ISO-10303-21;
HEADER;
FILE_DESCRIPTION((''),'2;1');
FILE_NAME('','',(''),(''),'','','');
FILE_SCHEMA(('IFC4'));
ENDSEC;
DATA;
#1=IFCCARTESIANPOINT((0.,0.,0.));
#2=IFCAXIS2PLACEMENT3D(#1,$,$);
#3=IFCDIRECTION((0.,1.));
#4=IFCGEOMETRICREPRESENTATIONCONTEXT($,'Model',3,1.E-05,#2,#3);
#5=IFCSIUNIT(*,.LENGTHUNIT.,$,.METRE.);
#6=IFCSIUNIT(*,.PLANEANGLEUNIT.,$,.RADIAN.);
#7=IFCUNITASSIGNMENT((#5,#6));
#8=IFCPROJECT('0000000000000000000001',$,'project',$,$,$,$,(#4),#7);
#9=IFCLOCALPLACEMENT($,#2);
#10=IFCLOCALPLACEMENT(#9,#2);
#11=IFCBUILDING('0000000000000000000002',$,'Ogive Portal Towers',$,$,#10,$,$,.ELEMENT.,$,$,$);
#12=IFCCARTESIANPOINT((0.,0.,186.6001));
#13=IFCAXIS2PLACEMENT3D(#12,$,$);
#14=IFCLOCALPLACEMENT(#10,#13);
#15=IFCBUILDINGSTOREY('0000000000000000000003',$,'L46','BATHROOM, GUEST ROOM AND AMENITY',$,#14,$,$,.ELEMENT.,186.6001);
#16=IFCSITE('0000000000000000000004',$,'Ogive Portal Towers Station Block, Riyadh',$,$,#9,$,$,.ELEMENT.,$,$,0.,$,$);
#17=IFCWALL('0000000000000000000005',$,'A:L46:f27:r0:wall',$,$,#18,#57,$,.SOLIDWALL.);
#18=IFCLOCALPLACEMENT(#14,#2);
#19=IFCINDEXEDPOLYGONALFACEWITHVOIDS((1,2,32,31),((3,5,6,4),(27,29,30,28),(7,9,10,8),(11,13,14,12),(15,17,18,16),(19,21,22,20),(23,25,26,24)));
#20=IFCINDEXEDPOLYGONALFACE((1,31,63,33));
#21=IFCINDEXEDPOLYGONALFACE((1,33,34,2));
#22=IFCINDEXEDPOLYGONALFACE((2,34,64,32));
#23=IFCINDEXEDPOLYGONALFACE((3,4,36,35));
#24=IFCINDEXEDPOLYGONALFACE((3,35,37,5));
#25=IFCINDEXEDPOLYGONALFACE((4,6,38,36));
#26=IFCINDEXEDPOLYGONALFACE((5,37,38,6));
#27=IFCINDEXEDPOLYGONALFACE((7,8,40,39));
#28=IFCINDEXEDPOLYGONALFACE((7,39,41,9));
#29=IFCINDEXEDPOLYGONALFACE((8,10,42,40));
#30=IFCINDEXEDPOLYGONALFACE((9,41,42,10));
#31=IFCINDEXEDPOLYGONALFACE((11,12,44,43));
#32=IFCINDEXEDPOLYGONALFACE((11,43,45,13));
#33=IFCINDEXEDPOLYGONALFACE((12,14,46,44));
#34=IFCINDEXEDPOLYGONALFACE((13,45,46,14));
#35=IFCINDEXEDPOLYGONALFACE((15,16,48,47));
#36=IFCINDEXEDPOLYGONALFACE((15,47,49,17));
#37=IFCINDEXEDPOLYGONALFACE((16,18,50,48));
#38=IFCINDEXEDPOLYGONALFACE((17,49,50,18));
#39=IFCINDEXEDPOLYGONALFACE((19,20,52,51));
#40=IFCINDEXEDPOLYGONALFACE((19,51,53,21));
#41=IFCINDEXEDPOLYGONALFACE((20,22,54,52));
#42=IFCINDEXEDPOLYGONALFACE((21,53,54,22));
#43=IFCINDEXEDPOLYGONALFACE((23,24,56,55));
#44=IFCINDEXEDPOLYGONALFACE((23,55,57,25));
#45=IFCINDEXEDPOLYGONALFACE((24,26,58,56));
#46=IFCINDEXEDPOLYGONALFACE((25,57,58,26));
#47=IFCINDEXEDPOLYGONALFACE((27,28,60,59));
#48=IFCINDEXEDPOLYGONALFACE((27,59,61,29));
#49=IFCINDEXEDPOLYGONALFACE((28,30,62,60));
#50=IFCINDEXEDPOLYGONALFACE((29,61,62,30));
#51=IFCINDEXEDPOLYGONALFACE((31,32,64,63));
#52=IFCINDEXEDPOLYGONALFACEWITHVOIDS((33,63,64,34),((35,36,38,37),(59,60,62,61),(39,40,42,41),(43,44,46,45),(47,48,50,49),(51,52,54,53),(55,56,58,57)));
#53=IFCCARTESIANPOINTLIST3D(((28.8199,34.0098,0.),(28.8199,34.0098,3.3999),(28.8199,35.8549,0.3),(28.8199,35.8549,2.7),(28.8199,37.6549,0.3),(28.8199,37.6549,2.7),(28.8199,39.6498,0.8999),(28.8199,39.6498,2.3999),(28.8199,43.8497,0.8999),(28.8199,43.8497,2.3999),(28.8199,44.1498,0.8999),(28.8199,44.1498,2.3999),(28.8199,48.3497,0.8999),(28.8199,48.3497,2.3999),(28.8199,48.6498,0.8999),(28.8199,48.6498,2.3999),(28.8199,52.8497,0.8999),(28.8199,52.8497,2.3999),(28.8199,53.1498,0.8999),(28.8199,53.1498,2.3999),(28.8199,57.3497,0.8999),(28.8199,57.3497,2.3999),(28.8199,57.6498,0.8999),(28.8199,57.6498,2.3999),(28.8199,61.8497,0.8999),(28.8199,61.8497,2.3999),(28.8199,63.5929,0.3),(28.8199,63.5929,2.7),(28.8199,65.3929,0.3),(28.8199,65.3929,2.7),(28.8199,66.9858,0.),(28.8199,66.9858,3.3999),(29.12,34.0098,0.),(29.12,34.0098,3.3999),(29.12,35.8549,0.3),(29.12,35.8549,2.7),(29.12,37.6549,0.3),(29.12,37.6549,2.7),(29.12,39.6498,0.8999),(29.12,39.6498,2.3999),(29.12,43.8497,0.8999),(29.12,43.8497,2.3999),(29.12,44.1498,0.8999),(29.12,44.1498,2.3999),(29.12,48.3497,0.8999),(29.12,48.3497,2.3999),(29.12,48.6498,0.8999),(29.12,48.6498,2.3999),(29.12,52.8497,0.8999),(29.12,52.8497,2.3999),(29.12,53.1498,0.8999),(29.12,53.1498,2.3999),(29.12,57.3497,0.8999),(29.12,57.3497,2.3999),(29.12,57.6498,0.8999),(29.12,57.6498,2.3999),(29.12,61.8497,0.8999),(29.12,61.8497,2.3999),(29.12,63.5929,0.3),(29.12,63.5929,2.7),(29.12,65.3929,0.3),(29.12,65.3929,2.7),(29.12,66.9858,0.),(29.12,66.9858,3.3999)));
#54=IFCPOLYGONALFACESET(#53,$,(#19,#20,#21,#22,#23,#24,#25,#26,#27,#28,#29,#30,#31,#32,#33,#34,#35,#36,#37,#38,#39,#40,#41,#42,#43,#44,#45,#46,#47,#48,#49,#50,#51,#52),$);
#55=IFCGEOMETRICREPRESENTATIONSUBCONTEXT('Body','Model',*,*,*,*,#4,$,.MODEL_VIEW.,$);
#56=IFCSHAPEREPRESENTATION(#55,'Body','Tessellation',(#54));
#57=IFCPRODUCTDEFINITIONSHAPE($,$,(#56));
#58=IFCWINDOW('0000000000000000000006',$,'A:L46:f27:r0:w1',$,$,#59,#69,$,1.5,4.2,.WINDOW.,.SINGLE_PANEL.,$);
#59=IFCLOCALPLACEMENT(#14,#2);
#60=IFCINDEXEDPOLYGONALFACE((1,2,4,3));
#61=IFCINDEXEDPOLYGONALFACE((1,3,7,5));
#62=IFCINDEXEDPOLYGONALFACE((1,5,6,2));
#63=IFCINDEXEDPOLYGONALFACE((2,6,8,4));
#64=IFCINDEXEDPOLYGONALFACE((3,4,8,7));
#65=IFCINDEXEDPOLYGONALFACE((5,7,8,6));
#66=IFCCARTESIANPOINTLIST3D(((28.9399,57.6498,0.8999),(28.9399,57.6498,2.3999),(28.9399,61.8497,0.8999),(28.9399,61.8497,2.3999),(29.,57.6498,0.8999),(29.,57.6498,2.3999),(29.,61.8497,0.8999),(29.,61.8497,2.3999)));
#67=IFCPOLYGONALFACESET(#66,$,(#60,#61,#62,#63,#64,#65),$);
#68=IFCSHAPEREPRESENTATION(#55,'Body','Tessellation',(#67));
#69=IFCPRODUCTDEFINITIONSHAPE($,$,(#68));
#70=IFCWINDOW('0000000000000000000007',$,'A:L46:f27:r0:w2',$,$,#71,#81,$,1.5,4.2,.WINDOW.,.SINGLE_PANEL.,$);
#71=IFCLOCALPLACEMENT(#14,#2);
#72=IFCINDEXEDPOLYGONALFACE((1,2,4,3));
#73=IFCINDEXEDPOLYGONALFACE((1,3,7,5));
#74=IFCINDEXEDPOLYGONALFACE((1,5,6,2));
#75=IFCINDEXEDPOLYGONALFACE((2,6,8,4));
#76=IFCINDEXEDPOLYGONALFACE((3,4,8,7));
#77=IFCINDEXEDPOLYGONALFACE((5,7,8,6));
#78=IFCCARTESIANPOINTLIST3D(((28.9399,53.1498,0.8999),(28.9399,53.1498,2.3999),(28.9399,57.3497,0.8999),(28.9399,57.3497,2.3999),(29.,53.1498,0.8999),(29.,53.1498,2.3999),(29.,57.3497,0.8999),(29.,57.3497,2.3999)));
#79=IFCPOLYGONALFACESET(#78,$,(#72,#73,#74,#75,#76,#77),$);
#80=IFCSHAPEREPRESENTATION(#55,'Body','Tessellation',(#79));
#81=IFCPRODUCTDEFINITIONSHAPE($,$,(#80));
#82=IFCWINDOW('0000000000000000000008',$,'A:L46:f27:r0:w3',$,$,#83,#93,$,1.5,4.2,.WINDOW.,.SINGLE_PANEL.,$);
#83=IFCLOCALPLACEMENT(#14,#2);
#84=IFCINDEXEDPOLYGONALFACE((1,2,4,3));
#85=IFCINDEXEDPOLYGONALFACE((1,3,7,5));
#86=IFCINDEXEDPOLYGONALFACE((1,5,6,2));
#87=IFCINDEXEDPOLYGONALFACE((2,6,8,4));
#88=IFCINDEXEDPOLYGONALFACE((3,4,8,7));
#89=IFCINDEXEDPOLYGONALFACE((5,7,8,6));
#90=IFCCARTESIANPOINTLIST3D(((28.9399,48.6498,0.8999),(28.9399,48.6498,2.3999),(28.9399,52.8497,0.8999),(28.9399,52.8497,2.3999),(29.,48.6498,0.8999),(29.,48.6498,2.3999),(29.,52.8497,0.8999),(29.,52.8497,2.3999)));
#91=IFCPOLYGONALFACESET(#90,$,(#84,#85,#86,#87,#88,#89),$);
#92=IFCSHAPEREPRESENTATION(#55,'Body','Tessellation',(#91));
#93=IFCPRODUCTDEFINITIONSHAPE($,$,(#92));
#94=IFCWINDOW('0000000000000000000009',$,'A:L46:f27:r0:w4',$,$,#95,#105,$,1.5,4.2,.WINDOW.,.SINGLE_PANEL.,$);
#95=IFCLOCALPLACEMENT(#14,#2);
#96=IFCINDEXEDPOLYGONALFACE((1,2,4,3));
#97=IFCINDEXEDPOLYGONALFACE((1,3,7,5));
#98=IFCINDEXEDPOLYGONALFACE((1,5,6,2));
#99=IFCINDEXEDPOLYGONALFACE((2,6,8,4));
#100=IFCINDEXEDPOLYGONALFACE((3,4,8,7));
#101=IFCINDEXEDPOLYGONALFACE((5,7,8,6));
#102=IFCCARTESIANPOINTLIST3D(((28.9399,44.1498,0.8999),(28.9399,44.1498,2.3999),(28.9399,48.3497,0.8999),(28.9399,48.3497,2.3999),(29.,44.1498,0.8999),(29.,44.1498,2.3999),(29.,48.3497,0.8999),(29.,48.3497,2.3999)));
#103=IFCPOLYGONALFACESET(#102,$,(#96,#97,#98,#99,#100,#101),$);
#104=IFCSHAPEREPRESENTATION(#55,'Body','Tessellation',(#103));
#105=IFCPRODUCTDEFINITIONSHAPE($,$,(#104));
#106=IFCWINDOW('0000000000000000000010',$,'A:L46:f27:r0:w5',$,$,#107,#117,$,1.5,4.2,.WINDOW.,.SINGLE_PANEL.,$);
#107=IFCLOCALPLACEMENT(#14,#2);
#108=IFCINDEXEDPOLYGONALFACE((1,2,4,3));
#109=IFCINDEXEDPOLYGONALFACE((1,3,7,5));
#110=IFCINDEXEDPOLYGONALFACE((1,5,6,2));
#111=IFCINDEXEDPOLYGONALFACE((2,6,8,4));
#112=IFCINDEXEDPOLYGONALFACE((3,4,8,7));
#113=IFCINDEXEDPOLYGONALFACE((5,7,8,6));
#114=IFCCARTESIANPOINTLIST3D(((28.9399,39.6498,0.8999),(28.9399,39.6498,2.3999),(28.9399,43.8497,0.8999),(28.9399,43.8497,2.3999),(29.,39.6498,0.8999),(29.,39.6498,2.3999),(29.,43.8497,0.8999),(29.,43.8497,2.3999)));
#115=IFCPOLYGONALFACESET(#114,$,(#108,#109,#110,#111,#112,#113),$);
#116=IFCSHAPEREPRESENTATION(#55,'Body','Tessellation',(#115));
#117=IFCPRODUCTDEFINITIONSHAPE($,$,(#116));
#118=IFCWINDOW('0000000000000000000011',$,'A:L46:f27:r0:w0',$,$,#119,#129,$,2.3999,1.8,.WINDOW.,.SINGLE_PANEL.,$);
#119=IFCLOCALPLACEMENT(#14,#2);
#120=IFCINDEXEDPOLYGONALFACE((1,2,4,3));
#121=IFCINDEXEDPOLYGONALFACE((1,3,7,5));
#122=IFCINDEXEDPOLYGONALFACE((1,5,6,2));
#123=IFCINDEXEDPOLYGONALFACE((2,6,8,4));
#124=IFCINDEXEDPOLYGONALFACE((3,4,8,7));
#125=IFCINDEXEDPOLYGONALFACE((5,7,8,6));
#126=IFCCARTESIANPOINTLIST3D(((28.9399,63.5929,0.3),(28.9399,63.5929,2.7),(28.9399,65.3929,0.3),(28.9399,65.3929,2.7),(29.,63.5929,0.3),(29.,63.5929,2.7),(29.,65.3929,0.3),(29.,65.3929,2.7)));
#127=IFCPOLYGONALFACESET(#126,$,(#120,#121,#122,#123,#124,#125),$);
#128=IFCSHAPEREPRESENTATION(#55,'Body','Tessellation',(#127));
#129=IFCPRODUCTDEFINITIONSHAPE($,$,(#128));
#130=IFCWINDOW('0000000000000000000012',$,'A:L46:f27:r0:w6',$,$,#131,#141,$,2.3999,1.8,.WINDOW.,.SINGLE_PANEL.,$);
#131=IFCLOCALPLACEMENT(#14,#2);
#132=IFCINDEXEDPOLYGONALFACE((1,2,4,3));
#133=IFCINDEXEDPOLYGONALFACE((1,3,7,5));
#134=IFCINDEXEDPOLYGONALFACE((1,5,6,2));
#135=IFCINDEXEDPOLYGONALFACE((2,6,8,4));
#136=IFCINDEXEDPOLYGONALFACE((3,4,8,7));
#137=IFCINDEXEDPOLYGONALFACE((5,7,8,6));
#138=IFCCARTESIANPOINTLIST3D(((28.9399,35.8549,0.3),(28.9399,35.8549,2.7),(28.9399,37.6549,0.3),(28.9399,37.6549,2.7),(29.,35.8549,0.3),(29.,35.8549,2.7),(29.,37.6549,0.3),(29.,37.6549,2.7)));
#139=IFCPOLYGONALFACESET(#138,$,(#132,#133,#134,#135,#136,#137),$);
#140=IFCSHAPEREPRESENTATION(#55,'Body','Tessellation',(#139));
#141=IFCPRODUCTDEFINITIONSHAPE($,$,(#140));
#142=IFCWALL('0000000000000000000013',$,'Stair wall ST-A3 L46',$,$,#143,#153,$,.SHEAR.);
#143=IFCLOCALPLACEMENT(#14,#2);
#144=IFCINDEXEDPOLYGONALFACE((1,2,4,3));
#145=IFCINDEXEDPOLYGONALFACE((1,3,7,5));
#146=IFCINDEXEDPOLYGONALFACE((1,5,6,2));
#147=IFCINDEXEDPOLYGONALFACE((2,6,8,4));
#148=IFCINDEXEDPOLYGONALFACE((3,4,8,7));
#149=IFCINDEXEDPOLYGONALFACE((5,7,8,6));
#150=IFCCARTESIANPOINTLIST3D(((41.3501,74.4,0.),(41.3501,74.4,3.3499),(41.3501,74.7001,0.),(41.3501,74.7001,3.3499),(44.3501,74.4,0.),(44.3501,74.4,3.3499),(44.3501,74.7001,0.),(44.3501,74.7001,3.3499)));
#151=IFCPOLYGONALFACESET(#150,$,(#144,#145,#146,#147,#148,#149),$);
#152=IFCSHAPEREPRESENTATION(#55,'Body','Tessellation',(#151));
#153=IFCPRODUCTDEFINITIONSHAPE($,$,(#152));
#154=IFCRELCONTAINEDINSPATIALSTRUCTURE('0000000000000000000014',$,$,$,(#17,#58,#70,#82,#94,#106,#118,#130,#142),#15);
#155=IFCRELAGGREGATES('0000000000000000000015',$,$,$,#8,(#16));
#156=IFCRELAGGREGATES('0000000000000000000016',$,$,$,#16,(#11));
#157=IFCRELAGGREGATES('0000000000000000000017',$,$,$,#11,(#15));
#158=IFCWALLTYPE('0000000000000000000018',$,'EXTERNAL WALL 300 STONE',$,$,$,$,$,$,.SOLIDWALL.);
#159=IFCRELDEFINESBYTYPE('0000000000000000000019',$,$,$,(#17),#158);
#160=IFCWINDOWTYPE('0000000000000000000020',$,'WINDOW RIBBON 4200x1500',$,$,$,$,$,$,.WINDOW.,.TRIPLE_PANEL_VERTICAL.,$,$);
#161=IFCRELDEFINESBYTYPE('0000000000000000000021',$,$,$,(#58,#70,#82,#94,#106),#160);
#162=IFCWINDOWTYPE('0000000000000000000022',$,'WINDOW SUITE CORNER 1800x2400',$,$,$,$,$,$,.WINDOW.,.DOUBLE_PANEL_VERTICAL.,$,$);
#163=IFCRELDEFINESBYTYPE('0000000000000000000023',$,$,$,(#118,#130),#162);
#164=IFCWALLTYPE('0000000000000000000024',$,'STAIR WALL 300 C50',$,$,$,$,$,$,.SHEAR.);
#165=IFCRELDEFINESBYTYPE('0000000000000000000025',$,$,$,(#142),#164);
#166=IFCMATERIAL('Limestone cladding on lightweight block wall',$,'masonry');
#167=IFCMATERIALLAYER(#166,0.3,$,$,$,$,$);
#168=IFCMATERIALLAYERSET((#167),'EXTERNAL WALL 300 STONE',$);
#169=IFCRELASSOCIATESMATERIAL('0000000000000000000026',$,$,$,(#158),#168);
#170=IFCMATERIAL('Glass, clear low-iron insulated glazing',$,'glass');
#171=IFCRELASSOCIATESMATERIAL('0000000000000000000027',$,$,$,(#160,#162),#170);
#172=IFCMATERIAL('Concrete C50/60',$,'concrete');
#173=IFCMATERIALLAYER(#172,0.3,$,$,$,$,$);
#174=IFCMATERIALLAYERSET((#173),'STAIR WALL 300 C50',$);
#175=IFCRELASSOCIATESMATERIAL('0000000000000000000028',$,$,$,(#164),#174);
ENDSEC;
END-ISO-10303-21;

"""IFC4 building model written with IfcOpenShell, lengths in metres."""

from ifc_helpers import new_model, si_unit, direction, frame, frame_2d, origin, place, context, subcontext, project, spatial, rectangle, extrude, material, layer, layer_set, type_object, element, fill, save


model = new_model("IFC4")

# Units and contexts
model_context = context("Model", 3, precision=1e-05, world=origin(), true_north=direction((0.0, 1.0)))
body_context = subcontext(model_context, "Body", "Model", "MODEL_VIEW")
ifc_project = project(units=[si_unit("LENGTHUNIT", "METRE"), si_unit("PLANEANGLEUNIT", "RADIAN")], contexts=[model_context])

# Site, building, storey
site_placement = place(None, origin())
site = spatial("IfcSite", under=ifc_project, at=site_placement, Name="Ogive Portal Towers Station Block, Riyadh", CompositionType="ELEMENT", RefElevation=0.0)
building_placement = place(site_placement, origin())
building = spatial("IfcBuilding", under=site, at=building_placement, Name="Ogive Portal Towers", CompositionType="ELEMENT")
storey_placement = place(building_placement, frame((0.0, 0.0, 186.6001)))
storey = spatial("IfcBuildingStorey", under=building, at=storey_placement, Name="L46", Description="BATHROOM, GUEST ROOM AND AMENITY", CompositionType="ELEMENT", Elevation=186.6001)

# Shared definitions
ifc_material_1 = material(Name="Glass, clear low-iron insulated glazing", Category="glass")

# Wall, openings, windows
ifc_material_2 = material(Name="Limestone cladding on lightweight block wall", Category="masonry")
ifc_layer_1 = layer(ifc_material_2, 0.3)
ifc_layer_set_1 = layer_set([ifc_layer_1], Name="EXTERNAL WALL 300 STONE")
wall_type_1 = type_object("IfcWallType", Name="EXTERNAL WALL 300 STONE", PredefinedType="SOLIDWALL", material=ifc_layer_set_1)
wall_1_placement = place(storey_placement, frame((28.97, 66.9858, 0.0), z_axis=(0.0, 0.0, 1.0), x_axis=(0.0, -1.0, 0.0)))
wall_1 = element("IfcWall", 1, at=wall_1_placement, inside=storey, type_object=wall_type_1, Name="A:L46:f27:r0:wall", PredefinedType="SOLIDWALL", context=body_context, shape_type="SweptSolid", body=[
    extrude(rectangle(XDim=32.9761, YDim=0.3, at=frame_2d((16.488, 0.0))), origin(), (0.0, 0.0, 1.0), 3.3999),
])
opening_1_placement = place(wall_1_placement, frame((1.593, 0.0, 0.3)))
opening_1 = element("IfcOpeningElement", 2, at=opening_1_placement, cuts=wall_1, PredefinedType="OPENING", context=body_context, shape_type="SweptSolid", body=[
    extrude(rectangle(XDim=1.8, YDim=2.3999, at=frame_2d((0.8999, 1.2))), frame((0.0, 0.1602, 0.0), z_axis=(0.0, -1.0, 0.0), x_axis=(1.0, 0.0, 0.0)), (0.0, 0.0, 1.0), 0.3201),
])
opening_2_placement = place(wall_1_placement, frame((5.136, 0.0, 0.8999)))
opening_2 = element("IfcOpeningElement", 3, at=opening_2_placement, cuts=wall_1, PredefinedType="OPENING", context=body_context, shape_type="SweptSolid", body=[
    extrude(rectangle(XDim=4.2, YDim=1.5, at=frame_2d((2.1001, 0.75))), frame((0.0, 0.1602, 0.0), z_axis=(0.0, -1.0, 0.0), x_axis=(1.0, 0.0, 0.0)), (0.0, 0.0, 1.0), 0.3201),
])
opening_3_placement = place(wall_1_placement, frame((9.636, 0.0, 0.8999)))
opening_3 = element("IfcOpeningElement", 4, at=opening_3_placement, cuts=wall_1, PredefinedType="OPENING", context=body_context, shape_type="SweptSolid", body=[
    extrude(rectangle(XDim=4.2, YDim=1.5, at=frame_2d((2.1001, 0.75))), frame((0.0, 0.1602, 0.0), z_axis=(0.0, -1.0, 0.0), x_axis=(1.0, 0.0, 0.0)), (0.0, 0.0, 1.0), 0.3201),
])
opening_4_placement = place(wall_1_placement, frame((14.136, 0.0, 0.8999)))
opening_4 = element("IfcOpeningElement", 5, at=opening_4_placement, cuts=wall_1, PredefinedType="OPENING", context=body_context, shape_type="SweptSolid", body=[
    extrude(rectangle(XDim=4.2, YDim=1.5, at=frame_2d((2.1001, 0.75))), frame((0.0, 0.1602, 0.0), z_axis=(0.0, -1.0, 0.0), x_axis=(1.0, 0.0, 0.0)), (0.0, 0.0, 1.0), 0.3201),
])
opening_5_placement = place(wall_1_placement, frame((18.636, 0.0, 0.8999)))
opening_5 = element("IfcOpeningElement", 6, at=opening_5_placement, cuts=wall_1, PredefinedType="OPENING", context=body_context, shape_type="SweptSolid", body=[
    extrude(rectangle(XDim=4.2, YDim=1.5, at=frame_2d((2.1001, 0.75))), frame((0.0, 0.1602, 0.0), z_axis=(0.0, -1.0, 0.0), x_axis=(1.0, 0.0, 0.0)), (0.0, 0.0, 1.0), 0.3201),
])
opening_6_placement = place(wall_1_placement, frame((23.136, 0.0, 0.8999)))
opening_6 = element("IfcOpeningElement", 7, at=opening_6_placement, cuts=wall_1, PredefinedType="OPENING", context=body_context, shape_type="SweptSolid", body=[
    extrude(rectangle(XDim=4.2, YDim=1.5, at=frame_2d((2.1001, 0.75))), frame((0.0, 0.1602, 0.0), z_axis=(0.0, -1.0, 0.0), x_axis=(1.0, 0.0, 0.0)), (0.0, 0.0, 1.0), 0.3201),
])
opening_7_placement = place(wall_1_placement, frame((29.3311, 0.0, 0.3)))
opening_7 = element("IfcOpeningElement", 8, at=opening_7_placement, cuts=wall_1, PredefinedType="OPENING", context=body_context, shape_type="SweptSolid", body=[
    extrude(rectangle(XDim=1.8, YDim=2.3999, at=frame_2d((0.8999, 1.2))), frame((0.0, 0.1602, 0.0), z_axis=(0.0, -1.0, 0.0), x_axis=(1.0, 0.0, 0.0)), (0.0, 0.0, 1.0), 0.3201),
])
window_type_1 = type_object("IfcWindowType", Name="WINDOW RIBBON 4200x1500", PartitioningType="TRIPLE_PANEL_VERTICAL", PredefinedType="WINDOW", material=ifc_material_1)
window_1_placement = place(opening_2_placement, origin())
window_1 = element("IfcWindow", 9, at=window_1_placement, inside=storey, type_object=window_type_1, Name="A:L46:f27:r0:w1", OverallHeight=1.5, OverallWidth=4.2, PartitioningType="SINGLE_PANEL", PredefinedType="WINDOW", context=body_context, shape_type="SweptSolid", body=[
    extrude(rectangle(XDim=4.2, YDim=1.5, at=frame_2d((2.1001, 0.75))), frame((0.0, 0.03, 0.0), z_axis=(0.0, -1.0, 0.0), x_axis=(1.0, 0.0, 0.0)), (0.0, 0.0, 1.0), 0.0601),
])
fill(opening_2, window_1)
window_2_placement = place(opening_3_placement, origin())
window_2 = element("IfcWindow", 10, at=window_2_placement, inside=storey, type_object=window_type_1, Name="A:L46:f27:r0:w2", OverallHeight=1.5, OverallWidth=4.2, PartitioningType="SINGLE_PANEL", PredefinedType="WINDOW", context=body_context, shape_type="SweptSolid", body=[
    extrude(rectangle(XDim=4.2, YDim=1.5, at=frame_2d((2.1001, 0.75))), frame((0.0, 0.03, 0.0), z_axis=(0.0, -1.0, 0.0), x_axis=(1.0, 0.0, 0.0)), (0.0, 0.0, 1.0), 0.0601),
])
fill(opening_3, window_2)
window_3_placement = place(opening_4_placement, origin())
window_3 = element("IfcWindow", 11, at=window_3_placement, inside=storey, type_object=window_type_1, Name="A:L46:f27:r0:w3", OverallHeight=1.5, OverallWidth=4.2, PartitioningType="SINGLE_PANEL", PredefinedType="WINDOW", context=body_context, shape_type="SweptSolid", body=[
    extrude(rectangle(XDim=4.2, YDim=1.5, at=frame_2d((2.1001, 0.75))), frame((0.0, 0.03, 0.0), z_axis=(0.0, -1.0, 0.0), x_axis=(1.0, 0.0, 0.0)), (0.0, 0.0, 1.0), 0.0601),
])
fill(opening_4, window_3)
window_4_placement = place(opening_5_placement, origin())
window_4 = element("IfcWindow", 12, at=window_4_placement, inside=storey, type_object=window_type_1, Name="A:L46:f27:r0:w4", OverallHeight=1.5, OverallWidth=4.2, PartitioningType="SINGLE_PANEL", PredefinedType="WINDOW", context=body_context, shape_type="SweptSolid", body=[
    extrude(rectangle(XDim=4.2, YDim=1.5, at=frame_2d((2.1001, 0.75))), frame((0.0, 0.03, 0.0), z_axis=(0.0, -1.0, 0.0), x_axis=(1.0, 0.0, 0.0)), (0.0, 0.0, 1.0), 0.0601),
])
fill(opening_5, window_4)
window_5_placement = place(opening_6_placement, origin())
window_5 = element("IfcWindow", 13, at=window_5_placement, inside=storey, type_object=window_type_1, Name="A:L46:f27:r0:w5", OverallHeight=1.5, OverallWidth=4.2, PartitioningType="SINGLE_PANEL", PredefinedType="WINDOW", context=body_context, shape_type="SweptSolid", body=[
    extrude(rectangle(XDim=4.2, YDim=1.5, at=frame_2d((2.1001, 0.75))), frame((0.0, 0.03, 0.0), z_axis=(0.0, -1.0, 0.0), x_axis=(1.0, 0.0, 0.0)), (0.0, 0.0, 1.0), 0.0601),
])
fill(opening_6, window_5)
window_type_2 = type_object("IfcWindowType", Name="WINDOW SUITE CORNER 1800x2400", PartitioningType="DOUBLE_PANEL_VERTICAL", PredefinedType="WINDOW", material=ifc_material_1)
window_6_placement = place(opening_1_placement, origin())
window_6 = element("IfcWindow", 14, at=window_6_placement, inside=storey, type_object=window_type_2, Name="A:L46:f27:r0:w0", OverallHeight=2.3999, OverallWidth=1.8, PartitioningType="SINGLE_PANEL", PredefinedType="WINDOW", context=body_context, shape_type="SweptSolid", body=[
    extrude(rectangle(XDim=1.8, YDim=2.3999, at=frame_2d((0.8999, 1.2))), frame((0.0, 0.03, 0.0), z_axis=(0.0, -1.0, 0.0), x_axis=(1.0, 0.0, 0.0)), (0.0, 0.0, 1.0), 0.0601),
])
fill(opening_1, window_6)
window_7_placement = place(opening_7_placement, origin())
window_7 = element("IfcWindow", 15, at=window_7_placement, inside=storey, type_object=window_type_2, Name="A:L46:f27:r0:w6", OverallHeight=2.3999, OverallWidth=1.8, PartitioningType="SINGLE_PANEL", PredefinedType="WINDOW", context=body_context, shape_type="SweptSolid", body=[
    extrude(rectangle(XDim=1.8, YDim=2.3999, at=frame_2d((0.8999, 1.2))), frame((0.0, 0.03, 0.0), z_axis=(0.0, -1.0, 0.0), x_axis=(1.0, 0.0, 0.0)), (0.0, 0.0, 1.0), 0.0601),
])
fill(opening_7, window_7)

# Wall
ifc_material_3 = material(Name="Concrete C50/60", Category="concrete")
ifc_layer_2 = layer(ifc_material_3, 0.3)
ifc_layer_set_2 = layer_set([ifc_layer_2], Name="STAIR WALL 300 C50")
wall_type_2 = type_object("IfcWallType", Name="STAIR WALL 300 C50", PredefinedType="SHEAR", material=ifc_layer_set_2)
wall_2_placement = place(storey_placement, frame((41.3501, 74.55, 0.0), z_axis=(0.0, 0.0, 1.0), x_axis=(1.0, 0.0, 0.0)))
element("IfcWall", 16, at=wall_2_placement, inside=storey, type_object=wall_type_2, Name="Stair wall ST-A3 L46", PredefinedType="SHEAR", context=body_context, shape_type="SweptSolid", body=[
    extrude(rectangle(XDim=3.0, YDim=0.3, at=frame_2d((1.5, 0.0))), origin(), (0.0, 0.0, 1.0), 3.3499),
])

save(model, "model.ifc")
